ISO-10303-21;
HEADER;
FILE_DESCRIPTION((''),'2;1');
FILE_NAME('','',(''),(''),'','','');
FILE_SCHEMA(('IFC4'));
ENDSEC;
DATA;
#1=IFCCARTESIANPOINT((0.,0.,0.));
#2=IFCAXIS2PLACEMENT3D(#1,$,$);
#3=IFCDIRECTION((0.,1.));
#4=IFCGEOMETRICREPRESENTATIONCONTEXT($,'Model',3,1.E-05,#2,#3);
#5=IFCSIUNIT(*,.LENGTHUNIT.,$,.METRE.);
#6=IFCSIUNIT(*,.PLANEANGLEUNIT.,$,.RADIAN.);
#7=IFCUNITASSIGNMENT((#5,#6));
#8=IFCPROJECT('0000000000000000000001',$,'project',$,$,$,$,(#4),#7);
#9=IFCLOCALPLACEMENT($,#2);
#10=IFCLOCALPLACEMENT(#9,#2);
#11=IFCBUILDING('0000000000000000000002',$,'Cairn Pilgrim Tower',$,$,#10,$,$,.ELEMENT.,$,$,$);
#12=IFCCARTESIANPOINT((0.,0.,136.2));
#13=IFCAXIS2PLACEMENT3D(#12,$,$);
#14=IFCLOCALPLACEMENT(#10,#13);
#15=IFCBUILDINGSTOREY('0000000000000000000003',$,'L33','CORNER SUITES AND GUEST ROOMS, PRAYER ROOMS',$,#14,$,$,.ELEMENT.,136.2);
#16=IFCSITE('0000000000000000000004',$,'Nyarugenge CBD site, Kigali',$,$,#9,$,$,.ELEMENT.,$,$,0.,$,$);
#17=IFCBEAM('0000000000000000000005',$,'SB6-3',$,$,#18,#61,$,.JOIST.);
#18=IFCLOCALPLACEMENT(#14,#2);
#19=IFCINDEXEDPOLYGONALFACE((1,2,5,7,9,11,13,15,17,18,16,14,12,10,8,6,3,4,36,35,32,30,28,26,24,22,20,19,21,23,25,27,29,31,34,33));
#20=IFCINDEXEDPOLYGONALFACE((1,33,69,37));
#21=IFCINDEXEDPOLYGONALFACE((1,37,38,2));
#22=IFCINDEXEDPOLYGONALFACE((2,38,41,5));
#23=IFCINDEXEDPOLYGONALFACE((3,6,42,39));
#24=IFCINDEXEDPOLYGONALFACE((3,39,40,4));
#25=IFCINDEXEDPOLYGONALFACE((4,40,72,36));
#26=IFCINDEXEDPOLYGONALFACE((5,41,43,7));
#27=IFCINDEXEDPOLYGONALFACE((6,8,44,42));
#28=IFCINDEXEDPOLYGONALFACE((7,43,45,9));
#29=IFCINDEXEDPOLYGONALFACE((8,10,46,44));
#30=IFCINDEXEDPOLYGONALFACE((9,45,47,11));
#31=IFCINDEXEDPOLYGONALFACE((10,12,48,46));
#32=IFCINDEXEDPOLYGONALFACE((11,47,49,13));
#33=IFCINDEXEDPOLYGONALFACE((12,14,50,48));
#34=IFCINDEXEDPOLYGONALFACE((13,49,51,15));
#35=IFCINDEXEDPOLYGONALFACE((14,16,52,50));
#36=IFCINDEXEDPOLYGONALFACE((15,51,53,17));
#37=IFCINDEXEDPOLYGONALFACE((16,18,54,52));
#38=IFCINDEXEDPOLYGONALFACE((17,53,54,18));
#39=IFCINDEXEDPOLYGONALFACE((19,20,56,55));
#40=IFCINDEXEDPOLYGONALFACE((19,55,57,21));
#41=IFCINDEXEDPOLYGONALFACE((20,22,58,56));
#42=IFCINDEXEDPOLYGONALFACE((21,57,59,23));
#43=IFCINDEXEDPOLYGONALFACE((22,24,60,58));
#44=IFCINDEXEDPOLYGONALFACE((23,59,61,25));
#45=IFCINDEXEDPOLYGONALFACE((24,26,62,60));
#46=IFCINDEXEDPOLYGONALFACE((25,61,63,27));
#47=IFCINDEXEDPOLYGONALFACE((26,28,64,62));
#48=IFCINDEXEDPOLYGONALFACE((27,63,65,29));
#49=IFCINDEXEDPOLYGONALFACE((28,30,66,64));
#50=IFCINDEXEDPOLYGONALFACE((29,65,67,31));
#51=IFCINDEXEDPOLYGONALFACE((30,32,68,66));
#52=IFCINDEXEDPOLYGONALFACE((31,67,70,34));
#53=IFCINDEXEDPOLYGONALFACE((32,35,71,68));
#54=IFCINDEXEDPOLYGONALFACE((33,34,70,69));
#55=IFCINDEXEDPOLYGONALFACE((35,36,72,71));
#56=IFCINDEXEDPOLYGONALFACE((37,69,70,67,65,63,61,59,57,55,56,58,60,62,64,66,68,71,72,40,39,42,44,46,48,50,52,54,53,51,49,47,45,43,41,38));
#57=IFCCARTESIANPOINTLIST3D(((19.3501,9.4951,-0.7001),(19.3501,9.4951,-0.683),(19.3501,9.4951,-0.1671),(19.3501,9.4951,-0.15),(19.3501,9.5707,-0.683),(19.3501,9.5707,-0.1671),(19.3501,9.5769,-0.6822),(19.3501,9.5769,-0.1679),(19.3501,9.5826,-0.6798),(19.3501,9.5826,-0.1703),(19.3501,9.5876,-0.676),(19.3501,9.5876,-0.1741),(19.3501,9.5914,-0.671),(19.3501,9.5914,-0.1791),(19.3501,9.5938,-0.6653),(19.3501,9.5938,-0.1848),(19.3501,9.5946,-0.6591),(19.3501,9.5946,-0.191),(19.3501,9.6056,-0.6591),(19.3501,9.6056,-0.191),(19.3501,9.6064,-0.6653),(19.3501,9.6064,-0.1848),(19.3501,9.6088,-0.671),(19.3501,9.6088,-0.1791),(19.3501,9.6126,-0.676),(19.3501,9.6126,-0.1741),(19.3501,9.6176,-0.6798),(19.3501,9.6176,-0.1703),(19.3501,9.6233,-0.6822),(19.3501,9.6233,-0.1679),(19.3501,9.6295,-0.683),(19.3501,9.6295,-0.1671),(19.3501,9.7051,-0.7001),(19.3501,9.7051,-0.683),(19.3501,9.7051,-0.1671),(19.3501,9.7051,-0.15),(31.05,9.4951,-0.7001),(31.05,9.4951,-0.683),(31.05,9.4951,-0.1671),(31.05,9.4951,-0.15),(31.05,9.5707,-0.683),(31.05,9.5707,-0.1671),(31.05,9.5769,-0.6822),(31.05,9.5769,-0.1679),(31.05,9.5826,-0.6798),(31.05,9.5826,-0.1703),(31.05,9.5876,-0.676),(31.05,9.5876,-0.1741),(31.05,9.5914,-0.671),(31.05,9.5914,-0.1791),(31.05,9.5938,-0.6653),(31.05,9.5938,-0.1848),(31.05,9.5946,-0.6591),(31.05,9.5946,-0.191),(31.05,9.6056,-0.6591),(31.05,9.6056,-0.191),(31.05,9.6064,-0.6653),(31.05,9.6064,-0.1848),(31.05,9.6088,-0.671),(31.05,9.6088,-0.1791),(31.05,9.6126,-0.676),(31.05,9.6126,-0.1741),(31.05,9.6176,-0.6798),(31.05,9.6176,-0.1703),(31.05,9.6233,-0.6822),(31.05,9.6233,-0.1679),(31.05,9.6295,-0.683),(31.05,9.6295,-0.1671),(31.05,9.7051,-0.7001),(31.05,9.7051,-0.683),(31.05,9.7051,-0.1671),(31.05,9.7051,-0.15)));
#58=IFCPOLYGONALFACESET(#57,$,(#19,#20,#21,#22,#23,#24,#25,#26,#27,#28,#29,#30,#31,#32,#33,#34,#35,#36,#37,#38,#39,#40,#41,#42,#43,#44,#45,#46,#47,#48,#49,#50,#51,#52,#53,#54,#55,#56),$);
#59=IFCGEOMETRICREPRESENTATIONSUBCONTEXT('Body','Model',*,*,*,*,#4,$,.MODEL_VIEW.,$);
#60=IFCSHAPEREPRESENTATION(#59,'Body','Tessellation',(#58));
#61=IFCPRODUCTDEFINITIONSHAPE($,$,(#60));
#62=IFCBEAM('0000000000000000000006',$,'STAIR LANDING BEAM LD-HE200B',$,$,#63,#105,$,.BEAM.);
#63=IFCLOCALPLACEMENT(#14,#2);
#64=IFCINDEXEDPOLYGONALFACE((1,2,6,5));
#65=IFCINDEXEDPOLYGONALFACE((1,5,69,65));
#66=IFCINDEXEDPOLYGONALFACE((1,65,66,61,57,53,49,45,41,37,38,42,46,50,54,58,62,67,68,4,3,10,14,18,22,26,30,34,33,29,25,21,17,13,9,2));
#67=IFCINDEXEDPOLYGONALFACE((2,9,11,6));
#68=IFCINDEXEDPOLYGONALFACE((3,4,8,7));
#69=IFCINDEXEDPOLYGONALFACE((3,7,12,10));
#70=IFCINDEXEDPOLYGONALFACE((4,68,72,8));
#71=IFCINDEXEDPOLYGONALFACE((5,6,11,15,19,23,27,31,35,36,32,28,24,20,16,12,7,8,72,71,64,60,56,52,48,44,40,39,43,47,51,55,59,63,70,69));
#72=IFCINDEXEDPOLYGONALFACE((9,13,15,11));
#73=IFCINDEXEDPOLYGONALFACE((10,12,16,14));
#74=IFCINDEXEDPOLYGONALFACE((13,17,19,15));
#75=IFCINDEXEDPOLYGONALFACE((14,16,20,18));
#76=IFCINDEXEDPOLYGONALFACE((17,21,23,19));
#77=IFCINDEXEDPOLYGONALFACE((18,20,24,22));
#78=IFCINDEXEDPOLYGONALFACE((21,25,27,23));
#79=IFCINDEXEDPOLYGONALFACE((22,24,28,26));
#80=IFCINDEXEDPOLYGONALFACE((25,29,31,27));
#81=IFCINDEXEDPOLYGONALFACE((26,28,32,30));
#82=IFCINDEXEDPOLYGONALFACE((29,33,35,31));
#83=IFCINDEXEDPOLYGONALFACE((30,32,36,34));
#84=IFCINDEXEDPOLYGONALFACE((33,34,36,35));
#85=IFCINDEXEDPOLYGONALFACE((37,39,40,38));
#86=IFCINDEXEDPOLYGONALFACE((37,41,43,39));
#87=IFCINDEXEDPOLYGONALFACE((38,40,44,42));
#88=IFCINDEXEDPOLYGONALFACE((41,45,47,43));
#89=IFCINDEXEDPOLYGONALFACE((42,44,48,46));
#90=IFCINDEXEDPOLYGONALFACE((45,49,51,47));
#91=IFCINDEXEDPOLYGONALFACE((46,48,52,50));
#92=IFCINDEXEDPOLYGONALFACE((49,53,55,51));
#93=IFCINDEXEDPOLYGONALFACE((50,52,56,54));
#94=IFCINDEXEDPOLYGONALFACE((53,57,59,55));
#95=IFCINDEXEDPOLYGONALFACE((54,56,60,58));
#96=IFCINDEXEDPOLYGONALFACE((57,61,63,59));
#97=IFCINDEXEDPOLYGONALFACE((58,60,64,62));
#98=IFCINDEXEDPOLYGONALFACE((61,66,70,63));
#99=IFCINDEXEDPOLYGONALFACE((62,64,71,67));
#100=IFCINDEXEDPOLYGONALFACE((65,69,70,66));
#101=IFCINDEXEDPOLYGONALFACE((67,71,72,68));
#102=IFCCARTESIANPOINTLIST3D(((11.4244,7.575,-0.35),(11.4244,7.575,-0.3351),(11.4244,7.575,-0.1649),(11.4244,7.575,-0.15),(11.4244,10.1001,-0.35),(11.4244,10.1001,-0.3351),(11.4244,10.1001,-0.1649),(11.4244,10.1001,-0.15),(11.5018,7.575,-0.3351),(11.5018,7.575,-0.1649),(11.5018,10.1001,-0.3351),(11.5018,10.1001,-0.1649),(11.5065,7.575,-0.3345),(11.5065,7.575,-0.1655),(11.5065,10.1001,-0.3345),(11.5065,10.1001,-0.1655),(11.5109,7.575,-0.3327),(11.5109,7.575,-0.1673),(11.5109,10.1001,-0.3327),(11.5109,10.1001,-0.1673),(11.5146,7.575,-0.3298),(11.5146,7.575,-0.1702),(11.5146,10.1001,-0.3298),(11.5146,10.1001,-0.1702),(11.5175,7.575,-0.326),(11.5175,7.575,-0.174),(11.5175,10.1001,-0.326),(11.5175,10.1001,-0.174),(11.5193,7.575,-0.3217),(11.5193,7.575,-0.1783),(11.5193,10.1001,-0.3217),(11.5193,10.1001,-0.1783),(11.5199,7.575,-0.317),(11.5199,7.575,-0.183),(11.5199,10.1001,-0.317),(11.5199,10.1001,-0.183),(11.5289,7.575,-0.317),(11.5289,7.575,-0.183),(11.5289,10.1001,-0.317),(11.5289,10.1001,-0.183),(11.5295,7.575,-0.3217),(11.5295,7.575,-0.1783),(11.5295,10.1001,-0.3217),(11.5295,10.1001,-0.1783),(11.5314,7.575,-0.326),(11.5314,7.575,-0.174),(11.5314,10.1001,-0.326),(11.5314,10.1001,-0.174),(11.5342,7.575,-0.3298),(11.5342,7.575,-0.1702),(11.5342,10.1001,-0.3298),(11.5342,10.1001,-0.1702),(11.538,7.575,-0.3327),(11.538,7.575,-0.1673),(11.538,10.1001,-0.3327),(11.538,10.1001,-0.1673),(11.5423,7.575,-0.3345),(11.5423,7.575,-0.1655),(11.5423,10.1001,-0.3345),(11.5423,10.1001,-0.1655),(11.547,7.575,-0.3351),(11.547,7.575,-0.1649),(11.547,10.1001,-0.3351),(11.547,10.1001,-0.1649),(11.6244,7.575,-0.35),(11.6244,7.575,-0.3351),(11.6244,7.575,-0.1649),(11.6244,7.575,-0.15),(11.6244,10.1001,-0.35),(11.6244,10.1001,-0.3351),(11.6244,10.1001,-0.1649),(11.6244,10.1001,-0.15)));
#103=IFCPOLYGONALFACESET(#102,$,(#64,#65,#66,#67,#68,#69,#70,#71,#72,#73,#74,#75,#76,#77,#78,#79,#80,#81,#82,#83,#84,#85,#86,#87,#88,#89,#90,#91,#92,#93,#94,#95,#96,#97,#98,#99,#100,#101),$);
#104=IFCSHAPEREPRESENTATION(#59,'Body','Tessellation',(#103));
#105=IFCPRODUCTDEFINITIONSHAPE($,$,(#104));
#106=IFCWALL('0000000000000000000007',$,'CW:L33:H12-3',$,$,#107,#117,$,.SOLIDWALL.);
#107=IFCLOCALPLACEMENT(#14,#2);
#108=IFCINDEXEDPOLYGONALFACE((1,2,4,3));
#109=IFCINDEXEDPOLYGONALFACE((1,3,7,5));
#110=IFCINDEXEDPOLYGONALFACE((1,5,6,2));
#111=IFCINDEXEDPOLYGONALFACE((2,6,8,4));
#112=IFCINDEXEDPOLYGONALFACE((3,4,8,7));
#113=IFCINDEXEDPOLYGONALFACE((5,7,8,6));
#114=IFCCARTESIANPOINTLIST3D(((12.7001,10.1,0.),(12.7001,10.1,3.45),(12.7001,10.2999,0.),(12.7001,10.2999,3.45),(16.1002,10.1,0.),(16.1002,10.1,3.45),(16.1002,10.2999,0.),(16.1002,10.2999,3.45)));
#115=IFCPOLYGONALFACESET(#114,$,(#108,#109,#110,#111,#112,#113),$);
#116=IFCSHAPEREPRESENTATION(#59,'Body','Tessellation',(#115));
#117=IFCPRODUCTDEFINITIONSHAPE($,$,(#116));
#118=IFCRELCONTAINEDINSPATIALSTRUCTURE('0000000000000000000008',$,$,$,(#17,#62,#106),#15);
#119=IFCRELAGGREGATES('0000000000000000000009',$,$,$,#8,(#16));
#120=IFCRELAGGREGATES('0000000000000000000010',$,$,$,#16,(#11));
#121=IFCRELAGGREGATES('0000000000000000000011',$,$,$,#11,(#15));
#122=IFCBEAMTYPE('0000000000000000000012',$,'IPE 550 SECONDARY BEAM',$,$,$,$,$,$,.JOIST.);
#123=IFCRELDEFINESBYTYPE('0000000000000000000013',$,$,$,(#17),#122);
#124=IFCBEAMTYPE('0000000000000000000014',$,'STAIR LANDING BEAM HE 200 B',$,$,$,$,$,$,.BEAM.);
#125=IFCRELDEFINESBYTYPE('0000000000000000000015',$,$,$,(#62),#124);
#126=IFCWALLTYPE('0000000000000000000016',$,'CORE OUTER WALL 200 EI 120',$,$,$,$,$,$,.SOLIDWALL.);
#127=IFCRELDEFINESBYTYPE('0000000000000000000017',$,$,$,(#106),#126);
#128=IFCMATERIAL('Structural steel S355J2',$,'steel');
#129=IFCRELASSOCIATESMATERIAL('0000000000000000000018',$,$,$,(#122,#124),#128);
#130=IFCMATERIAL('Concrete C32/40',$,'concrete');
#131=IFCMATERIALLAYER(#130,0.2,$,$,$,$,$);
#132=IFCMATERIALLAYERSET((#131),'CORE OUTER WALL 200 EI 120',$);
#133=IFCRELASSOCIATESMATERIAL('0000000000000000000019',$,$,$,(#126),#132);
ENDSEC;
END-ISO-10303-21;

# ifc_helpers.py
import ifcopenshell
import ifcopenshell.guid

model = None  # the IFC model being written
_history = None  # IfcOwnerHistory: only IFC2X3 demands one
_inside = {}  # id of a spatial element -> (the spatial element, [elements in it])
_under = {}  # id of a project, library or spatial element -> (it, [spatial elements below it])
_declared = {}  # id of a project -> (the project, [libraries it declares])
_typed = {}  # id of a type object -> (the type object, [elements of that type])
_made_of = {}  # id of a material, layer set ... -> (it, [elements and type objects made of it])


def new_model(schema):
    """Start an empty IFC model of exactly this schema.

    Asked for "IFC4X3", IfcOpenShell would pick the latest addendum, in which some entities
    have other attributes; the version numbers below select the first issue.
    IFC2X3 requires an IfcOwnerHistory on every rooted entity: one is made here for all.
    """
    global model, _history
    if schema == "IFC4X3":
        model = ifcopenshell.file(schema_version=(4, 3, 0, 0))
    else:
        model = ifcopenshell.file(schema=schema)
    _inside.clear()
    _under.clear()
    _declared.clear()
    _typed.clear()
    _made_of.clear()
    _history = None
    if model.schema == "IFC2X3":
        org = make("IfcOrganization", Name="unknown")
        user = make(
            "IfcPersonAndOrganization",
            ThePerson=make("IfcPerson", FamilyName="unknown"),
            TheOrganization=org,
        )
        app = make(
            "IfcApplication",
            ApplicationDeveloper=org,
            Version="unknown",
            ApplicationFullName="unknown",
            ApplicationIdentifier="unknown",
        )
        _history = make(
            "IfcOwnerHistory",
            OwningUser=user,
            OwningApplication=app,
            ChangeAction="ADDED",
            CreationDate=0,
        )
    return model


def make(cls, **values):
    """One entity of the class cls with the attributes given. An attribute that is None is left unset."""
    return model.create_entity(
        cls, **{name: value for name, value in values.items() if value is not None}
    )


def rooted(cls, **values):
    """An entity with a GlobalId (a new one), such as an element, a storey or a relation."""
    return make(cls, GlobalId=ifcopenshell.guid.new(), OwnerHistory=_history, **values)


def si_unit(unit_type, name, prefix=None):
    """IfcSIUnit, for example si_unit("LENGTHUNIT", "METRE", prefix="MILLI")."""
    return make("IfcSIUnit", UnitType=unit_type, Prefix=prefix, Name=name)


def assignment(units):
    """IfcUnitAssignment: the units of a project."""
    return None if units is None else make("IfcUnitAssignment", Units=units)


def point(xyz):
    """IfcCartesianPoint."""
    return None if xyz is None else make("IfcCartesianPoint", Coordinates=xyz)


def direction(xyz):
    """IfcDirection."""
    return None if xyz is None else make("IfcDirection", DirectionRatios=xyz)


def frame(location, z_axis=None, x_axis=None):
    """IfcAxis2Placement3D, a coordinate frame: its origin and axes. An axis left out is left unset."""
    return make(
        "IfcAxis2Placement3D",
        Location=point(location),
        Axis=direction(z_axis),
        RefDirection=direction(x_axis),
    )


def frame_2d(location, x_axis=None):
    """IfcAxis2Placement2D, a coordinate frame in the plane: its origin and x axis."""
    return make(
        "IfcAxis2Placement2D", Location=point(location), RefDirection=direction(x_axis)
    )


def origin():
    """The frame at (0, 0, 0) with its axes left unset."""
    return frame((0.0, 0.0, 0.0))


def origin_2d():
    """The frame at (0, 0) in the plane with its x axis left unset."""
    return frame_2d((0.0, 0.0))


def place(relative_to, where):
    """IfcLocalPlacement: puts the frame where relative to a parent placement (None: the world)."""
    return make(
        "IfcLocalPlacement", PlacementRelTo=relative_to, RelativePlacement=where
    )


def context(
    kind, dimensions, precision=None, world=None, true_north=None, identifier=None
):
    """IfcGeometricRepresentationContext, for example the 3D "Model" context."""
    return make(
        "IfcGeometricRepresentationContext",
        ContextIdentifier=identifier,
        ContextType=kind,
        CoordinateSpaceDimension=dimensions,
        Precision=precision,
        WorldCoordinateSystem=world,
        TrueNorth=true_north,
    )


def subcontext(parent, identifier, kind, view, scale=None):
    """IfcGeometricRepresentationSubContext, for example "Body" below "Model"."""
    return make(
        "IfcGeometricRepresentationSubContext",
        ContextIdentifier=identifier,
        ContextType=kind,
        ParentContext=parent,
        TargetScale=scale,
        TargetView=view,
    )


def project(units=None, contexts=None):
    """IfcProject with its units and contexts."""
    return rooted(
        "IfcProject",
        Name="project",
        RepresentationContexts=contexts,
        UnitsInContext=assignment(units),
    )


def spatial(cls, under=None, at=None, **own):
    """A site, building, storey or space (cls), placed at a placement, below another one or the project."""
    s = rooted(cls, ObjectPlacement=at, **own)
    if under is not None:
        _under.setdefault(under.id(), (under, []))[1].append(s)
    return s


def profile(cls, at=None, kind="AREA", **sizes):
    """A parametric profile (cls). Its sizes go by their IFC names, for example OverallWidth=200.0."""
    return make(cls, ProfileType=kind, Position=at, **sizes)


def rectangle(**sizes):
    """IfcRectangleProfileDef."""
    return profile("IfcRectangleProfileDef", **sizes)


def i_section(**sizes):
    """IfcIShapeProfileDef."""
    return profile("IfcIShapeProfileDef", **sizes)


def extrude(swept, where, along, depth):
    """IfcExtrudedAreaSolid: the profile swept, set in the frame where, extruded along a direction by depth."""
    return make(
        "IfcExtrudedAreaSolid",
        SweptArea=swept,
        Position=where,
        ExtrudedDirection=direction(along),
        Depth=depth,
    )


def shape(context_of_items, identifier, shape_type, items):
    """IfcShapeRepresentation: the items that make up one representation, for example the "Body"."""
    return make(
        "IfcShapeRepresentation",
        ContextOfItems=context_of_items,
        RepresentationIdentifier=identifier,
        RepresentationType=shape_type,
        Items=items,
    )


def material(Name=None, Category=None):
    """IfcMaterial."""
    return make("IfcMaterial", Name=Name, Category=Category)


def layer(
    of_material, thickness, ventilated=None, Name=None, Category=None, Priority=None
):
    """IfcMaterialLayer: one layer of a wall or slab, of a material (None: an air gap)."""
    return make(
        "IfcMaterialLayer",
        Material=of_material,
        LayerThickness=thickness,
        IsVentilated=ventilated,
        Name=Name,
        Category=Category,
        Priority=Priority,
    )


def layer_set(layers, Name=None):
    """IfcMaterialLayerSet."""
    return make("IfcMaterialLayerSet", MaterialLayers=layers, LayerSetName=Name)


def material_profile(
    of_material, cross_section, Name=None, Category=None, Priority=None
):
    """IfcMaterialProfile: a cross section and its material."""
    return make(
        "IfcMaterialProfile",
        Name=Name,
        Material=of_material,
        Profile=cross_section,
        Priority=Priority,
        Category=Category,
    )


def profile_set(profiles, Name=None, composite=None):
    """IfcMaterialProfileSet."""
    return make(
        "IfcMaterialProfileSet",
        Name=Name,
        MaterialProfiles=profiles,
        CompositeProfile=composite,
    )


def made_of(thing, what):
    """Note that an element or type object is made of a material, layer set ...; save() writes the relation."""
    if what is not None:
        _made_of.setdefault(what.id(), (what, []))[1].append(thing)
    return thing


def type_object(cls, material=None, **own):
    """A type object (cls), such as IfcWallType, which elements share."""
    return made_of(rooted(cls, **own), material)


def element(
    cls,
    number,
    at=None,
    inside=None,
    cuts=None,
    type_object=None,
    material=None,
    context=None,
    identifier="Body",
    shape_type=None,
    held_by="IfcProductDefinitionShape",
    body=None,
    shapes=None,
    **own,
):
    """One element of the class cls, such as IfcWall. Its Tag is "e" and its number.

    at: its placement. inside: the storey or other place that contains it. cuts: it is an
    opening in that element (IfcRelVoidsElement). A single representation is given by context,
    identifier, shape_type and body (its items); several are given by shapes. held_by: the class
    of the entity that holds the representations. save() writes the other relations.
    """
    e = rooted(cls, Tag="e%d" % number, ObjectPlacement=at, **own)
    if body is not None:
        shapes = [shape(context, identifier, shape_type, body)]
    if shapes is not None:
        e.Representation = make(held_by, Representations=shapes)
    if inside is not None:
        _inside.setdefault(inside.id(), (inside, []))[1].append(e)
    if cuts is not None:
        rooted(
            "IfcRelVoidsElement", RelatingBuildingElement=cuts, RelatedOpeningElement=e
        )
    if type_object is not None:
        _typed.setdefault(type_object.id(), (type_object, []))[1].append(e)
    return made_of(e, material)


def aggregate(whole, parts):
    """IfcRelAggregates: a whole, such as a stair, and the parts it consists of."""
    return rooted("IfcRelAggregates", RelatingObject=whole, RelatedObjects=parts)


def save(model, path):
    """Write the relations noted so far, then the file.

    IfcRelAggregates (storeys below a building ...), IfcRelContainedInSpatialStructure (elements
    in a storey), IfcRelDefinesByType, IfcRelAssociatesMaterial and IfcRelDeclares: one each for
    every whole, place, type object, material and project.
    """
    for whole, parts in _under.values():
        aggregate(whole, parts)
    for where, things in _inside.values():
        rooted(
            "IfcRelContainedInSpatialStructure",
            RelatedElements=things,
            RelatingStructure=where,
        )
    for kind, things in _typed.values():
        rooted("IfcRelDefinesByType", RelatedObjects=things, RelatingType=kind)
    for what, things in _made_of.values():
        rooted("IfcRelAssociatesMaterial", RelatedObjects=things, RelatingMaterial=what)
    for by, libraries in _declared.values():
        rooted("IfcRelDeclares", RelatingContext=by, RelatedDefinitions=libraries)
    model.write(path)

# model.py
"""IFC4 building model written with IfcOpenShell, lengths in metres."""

from ifc_helpers import new_model, si_unit, direction, frame, frame_2d, origin, origin_2d, place, context, subcontext, project, spatial, rectangle, i_section, extrude, material, layer, layer_set, material_profile, profile_set, type_object, element, save


model = new_model("IFC4")

# Units and contexts
model_context = context("Model", 3, precision=1e-05, world=origin(), true_north=direction((0.0, 1.0)))
body_context = subcontext(model_context, "Body", "Model", "MODEL_VIEW")
ifc_project = project(units=[si_unit("LENGTHUNIT", "METRE"), si_unit("PLANEANGLEUNIT", "RADIAN")], contexts=[model_context])

# Site, building, storey
site_placement = place(None, origin())
site = spatial("IfcSite", under=ifc_project, at=site_placement, Name="Nyarugenge CBD site, Kigali", CompositionType="ELEMENT", RefElevation=0.0)
building_placement = place(site_placement, origin())
building = spatial("IfcBuilding", under=site, at=building_placement, Name="Cairn Pilgrim Tower", CompositionType="ELEMENT")
storey_placement = place(building_placement, frame((0.0, 0.0, 136.2)))
storey = spatial("IfcBuildingStorey", under=building, at=storey_placement, Name="L33", Description="CORNER SUITES AND GUEST ROOMS, PRAYER ROOMS", CompositionType="ELEMENT", Elevation=136.2)

# Beams
ifc_material_1 = material(Name="Structural steel S355J2", Category="steel")
ifc_material_profile_1 = material_profile(ifc_material_1, i_section(OverallWidth=0.21, OverallDepth=0.55, WebThickness=0.011, FlangeThickness=0.0171, FilletRadius=0.0239, at=origin_2d()), Name="IPE 550")
ifc_profile_set_1 = profile_set([ifc_material_profile_1], Name="Structural steel S355J2")
beam_type_1 = type_object("IfcBeamType", Name="IPE 550 SECONDARY BEAM", PredefinedType="JOIST", material=ifc_profile_set_1)
beam_1_placement = place(storey_placement, frame((19.3501, 9.6001, -0.425), z_axis=(1.0, 0.0, 0.0), x_axis=(0.0, 1.0, 0.0)))
element("IfcBeam", 1, at=beam_1_placement, inside=storey, type_object=beam_type_1, Name="SB6-3", PredefinedType="JOIST", context=body_context, shape_type="SweptSolid", body=[
    extrude(i_section(OverallWidth=0.21, OverallDepth=0.55, WebThickness=0.011, FlangeThickness=0.0171, FilletRadius=0.0239, at=origin_2d()), origin(), (0.0, 0.0, 1.0), 11.7),
])
ifc_material_profile_2 = material_profile(ifc_material_1, i_section(OverallWidth=0.2, OverallDepth=0.2, WebThickness=0.009, FlangeThickness=0.0149, FilletRadius=0.0181, at=origin_2d()), Name="HE 200 B")
ifc_profile_set_2 = profile_set([ifc_material_profile_2], Name="Structural steel S355J2")
beam_type_2 = type_object("IfcBeamType", Name="STAIR LANDING BEAM HE 200 B", PredefinedType="BEAM", material=ifc_profile_set_2)
beam_2_placement = place(storey_placement, frame((11.5244, 10.1001, -0.25), z_axis=(0.0, -1.0, 0.0), x_axis=(1.0, 0.0, 0.0)))
element("IfcBeam", 2, at=beam_2_placement, inside=storey, type_object=beam_type_2, Name="STAIR LANDING BEAM LD-HE200B", PredefinedType="BEAM", context=body_context, shape_type="SweptSolid", body=[
    extrude(i_section(OverallWidth=0.2, OverallDepth=0.2, WebThickness=0.009, FlangeThickness=0.0149, FilletRadius=0.0181, at=origin_2d()), origin(), (0.0, 0.0, 1.0), 2.5251),
])

# Wall
ifc_material_2 = material(Name="Concrete C32/40", Category="concrete")
ifc_layer_1 = layer(ifc_material_2, 0.2)
ifc_layer_set_1 = layer_set([ifc_layer_1], Name="CORE OUTER WALL 200 EI 120")
wall_type_1 = type_object("IfcWallType", Name="CORE OUTER WALL 200 EI 120", PredefinedType="SOLIDWALL", material=ifc_layer_set_1)
wall_1_placement = place(storey_placement, frame((12.7, 10.2, 0.0), z_axis=(0.0, 0.0, 1.0), x_axis=(1.0, 0.0, 0.0)))
element("IfcWall", 3, at=wall_1_placement, inside=storey, type_object=wall_type_1, Name="CW:L33:H12-3", PredefinedType="SOLIDWALL", context=body_context, shape_type="SweptSolid", body=[
    extrude(rectangle(XDim=3.4001, YDim=0.2, at=frame_2d((1.7002, 0.0))), origin(), (0.0, 0.0, 1.0), 3.45),
])

save(model, "model.ifc")
